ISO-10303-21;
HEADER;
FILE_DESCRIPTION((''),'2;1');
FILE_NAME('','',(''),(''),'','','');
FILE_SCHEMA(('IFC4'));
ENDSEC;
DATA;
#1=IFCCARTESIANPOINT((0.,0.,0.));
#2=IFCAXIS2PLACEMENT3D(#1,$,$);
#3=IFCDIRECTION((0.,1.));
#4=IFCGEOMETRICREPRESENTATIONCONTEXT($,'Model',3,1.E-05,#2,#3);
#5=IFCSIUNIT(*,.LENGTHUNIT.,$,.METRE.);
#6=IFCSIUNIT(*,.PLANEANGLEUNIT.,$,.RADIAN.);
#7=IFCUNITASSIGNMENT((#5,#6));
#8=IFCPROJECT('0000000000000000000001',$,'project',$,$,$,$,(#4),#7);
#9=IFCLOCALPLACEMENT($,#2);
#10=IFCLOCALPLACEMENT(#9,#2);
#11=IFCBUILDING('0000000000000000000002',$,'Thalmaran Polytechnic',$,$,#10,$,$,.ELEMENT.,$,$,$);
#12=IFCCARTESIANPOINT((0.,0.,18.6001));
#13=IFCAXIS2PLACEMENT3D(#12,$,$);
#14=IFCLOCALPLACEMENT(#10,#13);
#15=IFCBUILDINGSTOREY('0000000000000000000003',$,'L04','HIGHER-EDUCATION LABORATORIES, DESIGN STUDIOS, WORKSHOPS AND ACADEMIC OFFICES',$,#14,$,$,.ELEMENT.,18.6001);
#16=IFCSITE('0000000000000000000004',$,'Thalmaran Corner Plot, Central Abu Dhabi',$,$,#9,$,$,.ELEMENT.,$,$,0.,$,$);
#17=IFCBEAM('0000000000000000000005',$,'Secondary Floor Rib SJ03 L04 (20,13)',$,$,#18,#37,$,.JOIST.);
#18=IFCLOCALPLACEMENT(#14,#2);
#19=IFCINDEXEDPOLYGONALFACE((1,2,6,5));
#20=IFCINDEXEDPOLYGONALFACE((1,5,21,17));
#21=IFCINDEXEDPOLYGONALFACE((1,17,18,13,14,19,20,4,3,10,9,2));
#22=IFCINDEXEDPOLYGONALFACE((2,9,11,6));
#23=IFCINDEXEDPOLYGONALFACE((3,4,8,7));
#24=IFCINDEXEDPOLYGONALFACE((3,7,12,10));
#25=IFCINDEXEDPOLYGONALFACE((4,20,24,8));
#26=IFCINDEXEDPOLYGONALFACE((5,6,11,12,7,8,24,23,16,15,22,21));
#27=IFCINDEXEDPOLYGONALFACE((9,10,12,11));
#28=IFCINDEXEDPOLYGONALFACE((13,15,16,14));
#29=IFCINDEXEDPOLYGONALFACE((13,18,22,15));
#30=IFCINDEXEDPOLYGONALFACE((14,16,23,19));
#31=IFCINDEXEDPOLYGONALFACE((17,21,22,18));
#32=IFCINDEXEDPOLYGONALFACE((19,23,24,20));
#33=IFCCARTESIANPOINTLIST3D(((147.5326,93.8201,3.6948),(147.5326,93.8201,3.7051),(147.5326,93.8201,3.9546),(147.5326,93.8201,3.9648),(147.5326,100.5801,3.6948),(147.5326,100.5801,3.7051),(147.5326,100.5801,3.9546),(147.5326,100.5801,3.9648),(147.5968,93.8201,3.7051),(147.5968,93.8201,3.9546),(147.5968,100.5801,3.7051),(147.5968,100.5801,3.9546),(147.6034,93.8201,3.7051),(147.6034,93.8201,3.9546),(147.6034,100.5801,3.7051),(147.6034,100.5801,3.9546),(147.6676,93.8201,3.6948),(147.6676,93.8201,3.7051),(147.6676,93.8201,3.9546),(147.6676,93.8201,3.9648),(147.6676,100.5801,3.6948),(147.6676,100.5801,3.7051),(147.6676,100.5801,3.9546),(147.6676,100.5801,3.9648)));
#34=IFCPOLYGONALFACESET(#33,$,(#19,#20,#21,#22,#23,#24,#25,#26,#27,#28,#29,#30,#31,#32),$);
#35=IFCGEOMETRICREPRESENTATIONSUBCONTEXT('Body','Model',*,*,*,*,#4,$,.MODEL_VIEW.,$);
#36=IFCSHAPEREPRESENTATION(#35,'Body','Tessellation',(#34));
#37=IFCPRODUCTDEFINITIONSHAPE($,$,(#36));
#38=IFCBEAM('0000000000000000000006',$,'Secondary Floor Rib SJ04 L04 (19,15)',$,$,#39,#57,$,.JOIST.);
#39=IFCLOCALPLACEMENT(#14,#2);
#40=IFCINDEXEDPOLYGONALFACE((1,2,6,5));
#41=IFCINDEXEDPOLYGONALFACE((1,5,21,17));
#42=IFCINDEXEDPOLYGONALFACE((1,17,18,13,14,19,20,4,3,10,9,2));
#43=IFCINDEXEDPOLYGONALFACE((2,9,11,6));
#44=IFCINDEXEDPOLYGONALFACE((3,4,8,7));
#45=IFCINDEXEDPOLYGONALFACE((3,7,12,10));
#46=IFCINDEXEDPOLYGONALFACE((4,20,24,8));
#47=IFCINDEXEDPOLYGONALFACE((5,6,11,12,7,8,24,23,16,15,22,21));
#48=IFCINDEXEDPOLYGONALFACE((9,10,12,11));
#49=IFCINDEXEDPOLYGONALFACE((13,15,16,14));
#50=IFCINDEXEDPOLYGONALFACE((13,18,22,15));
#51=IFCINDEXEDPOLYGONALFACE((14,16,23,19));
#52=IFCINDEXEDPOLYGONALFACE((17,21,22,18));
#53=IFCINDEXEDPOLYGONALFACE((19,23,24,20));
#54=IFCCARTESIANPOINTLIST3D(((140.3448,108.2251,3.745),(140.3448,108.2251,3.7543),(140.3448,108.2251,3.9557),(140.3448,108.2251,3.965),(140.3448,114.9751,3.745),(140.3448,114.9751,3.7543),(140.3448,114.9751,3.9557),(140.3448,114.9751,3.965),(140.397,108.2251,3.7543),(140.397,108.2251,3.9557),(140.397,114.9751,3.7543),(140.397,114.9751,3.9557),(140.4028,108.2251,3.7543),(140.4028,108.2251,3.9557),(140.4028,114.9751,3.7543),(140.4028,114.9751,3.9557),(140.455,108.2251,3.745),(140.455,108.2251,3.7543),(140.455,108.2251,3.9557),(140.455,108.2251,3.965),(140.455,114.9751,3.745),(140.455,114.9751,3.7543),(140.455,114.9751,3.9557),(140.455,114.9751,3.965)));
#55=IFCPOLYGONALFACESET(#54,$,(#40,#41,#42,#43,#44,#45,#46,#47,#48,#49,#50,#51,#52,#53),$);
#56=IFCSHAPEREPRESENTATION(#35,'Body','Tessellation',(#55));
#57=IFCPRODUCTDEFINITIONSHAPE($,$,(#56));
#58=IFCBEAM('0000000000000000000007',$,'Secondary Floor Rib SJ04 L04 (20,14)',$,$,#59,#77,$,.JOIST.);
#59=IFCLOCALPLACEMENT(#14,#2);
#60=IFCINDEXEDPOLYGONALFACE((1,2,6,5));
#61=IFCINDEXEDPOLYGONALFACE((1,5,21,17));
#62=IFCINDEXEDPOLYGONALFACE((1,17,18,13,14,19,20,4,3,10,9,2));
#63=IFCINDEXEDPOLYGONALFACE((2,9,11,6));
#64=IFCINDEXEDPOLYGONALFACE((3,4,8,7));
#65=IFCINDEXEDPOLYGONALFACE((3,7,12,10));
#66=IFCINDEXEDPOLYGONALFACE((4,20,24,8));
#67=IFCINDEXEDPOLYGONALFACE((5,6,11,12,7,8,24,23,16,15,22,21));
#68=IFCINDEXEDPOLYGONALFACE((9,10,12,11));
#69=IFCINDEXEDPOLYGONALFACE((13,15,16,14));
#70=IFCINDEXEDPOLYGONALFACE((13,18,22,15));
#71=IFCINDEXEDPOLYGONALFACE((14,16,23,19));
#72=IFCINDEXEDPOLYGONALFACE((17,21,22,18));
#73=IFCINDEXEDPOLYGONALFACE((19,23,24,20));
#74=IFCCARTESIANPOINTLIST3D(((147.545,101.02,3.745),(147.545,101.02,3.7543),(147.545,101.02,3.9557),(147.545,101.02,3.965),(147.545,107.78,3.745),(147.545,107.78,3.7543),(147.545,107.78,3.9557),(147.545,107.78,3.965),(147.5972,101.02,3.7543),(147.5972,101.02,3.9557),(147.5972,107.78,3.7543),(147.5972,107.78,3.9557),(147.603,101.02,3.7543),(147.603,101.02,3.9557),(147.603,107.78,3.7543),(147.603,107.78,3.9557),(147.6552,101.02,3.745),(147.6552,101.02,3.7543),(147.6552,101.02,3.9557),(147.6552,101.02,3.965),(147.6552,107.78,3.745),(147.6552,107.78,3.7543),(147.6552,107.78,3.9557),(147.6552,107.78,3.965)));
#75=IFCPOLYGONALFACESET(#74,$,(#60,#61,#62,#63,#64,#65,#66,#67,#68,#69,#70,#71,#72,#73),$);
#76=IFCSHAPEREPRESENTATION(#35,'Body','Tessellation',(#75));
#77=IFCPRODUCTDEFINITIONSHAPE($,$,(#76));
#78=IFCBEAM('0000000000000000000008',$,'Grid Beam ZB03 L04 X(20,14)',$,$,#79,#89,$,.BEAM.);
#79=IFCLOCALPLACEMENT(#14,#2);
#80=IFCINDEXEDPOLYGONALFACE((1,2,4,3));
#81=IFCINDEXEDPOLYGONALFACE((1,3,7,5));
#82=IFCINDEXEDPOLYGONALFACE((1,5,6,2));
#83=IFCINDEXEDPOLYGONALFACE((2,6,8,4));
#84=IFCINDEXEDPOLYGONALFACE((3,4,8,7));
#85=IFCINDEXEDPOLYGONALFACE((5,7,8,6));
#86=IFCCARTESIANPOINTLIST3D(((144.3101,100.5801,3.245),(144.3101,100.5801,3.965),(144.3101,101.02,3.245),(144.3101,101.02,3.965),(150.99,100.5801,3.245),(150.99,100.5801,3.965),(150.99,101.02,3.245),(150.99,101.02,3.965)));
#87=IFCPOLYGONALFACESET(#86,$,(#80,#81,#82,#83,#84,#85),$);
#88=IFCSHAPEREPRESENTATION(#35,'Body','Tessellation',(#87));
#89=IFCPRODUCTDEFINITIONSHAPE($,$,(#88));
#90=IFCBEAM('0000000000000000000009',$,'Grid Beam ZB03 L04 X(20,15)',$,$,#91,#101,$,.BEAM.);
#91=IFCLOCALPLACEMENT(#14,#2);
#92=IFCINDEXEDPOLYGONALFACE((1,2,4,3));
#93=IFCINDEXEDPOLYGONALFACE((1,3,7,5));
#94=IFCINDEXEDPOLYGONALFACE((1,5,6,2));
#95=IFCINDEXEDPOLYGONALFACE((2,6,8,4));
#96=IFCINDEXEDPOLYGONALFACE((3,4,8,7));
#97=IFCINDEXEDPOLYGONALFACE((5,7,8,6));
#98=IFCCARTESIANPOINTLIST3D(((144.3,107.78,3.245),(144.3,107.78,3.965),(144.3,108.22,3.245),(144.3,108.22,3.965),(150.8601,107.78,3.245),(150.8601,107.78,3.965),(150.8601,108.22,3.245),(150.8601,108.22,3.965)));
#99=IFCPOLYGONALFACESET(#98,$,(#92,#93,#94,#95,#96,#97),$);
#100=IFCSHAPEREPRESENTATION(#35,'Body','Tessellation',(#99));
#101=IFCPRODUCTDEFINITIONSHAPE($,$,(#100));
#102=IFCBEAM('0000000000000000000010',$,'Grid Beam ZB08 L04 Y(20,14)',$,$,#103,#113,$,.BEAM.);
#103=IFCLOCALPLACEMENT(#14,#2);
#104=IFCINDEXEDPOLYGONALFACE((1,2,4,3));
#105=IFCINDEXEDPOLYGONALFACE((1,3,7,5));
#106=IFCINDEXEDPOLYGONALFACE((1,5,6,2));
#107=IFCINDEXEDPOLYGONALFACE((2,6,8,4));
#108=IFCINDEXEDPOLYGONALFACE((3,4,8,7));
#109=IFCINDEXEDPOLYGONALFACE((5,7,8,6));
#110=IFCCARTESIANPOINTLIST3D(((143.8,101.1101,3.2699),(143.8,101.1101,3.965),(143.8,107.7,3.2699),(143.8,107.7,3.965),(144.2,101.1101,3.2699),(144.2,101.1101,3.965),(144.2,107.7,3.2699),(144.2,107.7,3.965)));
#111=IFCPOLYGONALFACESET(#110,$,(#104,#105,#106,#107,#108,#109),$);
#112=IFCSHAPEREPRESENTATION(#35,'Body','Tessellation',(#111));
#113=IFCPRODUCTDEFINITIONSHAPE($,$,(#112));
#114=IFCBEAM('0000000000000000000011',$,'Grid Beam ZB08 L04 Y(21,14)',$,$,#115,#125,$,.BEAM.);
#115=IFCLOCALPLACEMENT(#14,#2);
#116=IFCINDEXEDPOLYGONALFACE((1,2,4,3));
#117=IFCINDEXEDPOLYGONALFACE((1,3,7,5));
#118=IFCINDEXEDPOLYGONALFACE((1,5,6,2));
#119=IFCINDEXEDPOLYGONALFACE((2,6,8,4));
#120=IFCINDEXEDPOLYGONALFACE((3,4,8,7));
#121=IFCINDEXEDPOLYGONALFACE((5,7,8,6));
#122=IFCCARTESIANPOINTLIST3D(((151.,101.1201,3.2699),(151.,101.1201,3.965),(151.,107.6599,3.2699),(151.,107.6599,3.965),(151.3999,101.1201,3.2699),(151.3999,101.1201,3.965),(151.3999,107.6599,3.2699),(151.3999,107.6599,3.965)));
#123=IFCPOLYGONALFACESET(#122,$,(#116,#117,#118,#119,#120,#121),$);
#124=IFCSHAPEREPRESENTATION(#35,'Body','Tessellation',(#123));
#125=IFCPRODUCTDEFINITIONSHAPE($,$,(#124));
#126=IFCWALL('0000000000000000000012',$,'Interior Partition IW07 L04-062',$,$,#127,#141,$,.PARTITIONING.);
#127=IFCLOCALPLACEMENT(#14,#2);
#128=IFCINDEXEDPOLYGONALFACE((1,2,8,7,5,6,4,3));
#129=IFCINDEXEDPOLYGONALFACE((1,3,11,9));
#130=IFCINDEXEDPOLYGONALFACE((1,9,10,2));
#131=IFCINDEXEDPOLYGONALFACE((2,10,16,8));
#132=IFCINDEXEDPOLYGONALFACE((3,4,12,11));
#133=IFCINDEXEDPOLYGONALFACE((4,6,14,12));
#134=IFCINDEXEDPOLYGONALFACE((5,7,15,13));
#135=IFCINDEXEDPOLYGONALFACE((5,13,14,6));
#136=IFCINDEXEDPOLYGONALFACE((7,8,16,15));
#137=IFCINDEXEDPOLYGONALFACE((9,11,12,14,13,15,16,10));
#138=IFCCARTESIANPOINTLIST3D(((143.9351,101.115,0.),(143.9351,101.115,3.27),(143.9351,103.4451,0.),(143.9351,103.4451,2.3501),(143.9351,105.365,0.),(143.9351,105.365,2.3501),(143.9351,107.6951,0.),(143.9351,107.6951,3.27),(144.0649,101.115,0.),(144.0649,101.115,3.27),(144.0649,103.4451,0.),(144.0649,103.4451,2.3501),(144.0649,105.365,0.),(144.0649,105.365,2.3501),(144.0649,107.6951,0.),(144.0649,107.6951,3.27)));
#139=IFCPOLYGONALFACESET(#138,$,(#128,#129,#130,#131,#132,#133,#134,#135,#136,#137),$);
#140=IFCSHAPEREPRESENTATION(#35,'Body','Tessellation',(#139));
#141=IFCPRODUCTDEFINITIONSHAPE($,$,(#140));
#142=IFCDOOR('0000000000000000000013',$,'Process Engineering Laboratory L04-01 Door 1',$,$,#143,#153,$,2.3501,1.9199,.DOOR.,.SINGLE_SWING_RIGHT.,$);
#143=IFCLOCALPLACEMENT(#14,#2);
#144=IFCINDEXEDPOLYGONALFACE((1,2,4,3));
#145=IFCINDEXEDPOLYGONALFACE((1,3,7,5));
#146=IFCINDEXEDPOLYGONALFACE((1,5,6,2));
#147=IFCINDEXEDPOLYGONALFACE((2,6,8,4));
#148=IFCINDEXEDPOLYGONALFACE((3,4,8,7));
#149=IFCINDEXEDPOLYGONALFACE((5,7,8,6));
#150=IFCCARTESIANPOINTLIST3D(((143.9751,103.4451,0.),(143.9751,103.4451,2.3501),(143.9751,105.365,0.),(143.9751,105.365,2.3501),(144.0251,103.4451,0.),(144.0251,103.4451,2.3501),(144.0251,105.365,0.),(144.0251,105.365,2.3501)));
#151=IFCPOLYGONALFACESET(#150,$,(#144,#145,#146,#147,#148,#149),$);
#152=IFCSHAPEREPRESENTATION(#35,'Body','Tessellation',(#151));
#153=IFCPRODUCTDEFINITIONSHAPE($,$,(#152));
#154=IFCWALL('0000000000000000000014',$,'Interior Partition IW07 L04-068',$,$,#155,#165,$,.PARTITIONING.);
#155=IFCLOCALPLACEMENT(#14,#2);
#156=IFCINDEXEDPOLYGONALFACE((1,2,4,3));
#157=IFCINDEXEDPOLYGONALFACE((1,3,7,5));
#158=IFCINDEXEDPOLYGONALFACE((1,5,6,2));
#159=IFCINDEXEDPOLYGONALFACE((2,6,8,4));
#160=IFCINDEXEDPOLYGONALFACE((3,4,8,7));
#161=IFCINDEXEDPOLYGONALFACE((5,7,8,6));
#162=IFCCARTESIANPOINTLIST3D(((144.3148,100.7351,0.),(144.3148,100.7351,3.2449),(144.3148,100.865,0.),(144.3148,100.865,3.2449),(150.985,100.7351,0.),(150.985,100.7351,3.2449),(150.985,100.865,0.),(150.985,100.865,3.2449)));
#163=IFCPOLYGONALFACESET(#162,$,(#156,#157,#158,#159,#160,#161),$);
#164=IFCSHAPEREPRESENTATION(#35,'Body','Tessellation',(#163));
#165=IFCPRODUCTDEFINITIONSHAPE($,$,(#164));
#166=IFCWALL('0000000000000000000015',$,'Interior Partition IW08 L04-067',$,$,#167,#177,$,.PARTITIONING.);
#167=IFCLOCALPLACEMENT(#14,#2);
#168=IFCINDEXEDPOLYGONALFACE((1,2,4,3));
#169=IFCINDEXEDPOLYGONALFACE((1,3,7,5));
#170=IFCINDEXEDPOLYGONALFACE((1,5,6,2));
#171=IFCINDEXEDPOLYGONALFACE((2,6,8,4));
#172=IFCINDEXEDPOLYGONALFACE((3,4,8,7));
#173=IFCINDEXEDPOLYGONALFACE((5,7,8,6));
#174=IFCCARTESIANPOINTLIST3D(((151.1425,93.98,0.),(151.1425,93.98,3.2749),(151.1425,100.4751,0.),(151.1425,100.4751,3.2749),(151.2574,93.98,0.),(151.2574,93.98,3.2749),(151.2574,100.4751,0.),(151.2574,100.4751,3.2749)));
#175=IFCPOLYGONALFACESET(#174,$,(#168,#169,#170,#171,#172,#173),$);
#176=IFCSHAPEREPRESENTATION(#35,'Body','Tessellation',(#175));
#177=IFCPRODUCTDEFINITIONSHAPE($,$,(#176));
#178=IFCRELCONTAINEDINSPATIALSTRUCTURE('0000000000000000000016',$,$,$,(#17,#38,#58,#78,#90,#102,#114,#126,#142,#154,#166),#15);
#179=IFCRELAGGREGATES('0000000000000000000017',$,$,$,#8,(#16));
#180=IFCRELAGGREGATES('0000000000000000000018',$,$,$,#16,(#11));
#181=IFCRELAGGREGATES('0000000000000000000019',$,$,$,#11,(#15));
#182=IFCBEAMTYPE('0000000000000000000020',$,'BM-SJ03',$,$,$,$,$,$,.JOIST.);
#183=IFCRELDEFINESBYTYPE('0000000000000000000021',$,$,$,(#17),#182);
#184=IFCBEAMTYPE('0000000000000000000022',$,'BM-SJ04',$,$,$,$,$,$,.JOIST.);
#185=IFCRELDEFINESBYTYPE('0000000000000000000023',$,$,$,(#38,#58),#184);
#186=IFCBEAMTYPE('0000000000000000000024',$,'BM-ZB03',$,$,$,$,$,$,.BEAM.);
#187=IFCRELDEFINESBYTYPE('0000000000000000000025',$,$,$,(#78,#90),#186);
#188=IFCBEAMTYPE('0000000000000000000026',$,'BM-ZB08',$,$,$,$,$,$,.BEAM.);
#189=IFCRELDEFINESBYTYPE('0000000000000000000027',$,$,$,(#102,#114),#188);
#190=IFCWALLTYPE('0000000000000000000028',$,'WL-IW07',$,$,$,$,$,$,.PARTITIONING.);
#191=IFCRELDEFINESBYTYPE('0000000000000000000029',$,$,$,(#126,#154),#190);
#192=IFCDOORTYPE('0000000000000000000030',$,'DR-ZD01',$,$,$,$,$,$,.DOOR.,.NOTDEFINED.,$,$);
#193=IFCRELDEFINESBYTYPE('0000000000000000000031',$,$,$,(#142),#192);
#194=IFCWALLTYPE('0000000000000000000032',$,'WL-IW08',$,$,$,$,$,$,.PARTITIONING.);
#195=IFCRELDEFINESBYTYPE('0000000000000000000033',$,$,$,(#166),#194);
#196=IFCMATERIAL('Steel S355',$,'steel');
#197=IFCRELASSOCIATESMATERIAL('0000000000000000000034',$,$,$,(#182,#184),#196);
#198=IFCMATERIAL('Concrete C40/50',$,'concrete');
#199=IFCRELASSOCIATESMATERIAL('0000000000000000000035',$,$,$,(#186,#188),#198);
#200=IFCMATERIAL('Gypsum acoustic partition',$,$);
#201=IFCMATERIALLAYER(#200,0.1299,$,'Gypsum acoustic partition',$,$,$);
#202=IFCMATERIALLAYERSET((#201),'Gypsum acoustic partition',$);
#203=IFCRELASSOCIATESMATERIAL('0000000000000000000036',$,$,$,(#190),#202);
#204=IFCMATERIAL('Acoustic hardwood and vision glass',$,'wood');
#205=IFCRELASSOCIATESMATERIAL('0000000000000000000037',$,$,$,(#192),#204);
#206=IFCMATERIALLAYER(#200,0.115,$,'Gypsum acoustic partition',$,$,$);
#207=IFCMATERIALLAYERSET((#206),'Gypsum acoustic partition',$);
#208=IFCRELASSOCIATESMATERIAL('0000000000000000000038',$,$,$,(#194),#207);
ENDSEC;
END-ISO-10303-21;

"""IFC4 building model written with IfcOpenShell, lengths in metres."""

from ifc_helpers import new_model, si_unit, direction, frame, frame_2d, origin, origin_2d, place, context, subcontext, project, spatial, rectangle, i_section, extrude, material, layer, layer_set, material_profile, profile_set, type_object, element, fill, save


model = new_model("IFC4")

# Units and contexts
model_context = context("Model", 3, precision=1e-05, world=origin(), true_north=direction((0.0, 1.0)))
body_context = subcontext(model_context, "Body", "Model", "MODEL_VIEW")
ifc_project = project(units=[si_unit("LENGTHUNIT", "METRE"), si_unit("PLANEANGLEUNIT", "RADIAN")], contexts=[model_context])

# Site, building, storey
site_placement = place(None, origin())
site = spatial("IfcSite", under=ifc_project, at=site_placement, Name="Thalmaran Corner Plot, Central Abu Dhabi", CompositionType="ELEMENT", RefElevation=0.0)
building_placement = place(site_placement, origin())
building = spatial("IfcBuilding", under=site, at=building_placement, Name="Thalmaran Polytechnic", CompositionType="ELEMENT")
storey_placement = place(building_placement, frame((0.0, 0.0, 18.6001)))
storey = spatial("IfcBuildingStorey", under=building, at=storey_placement, Name="L04", Description="HIGHER-EDUCATION LABORATORIES, DESIGN STUDIOS, WORKSHOPS AND ACADEMIC OFFICES", CompositionType="ELEMENT", Elevation=18.6001)

# Shared definitions
ifc_material_1 = material(Name="Concrete C40/50", Category="concrete")

# Beams
ifc_material_2 = material(Name="Steel S355", Category="steel")
ifc_material_profile_1 = material_profile(ifc_material_2, i_section(OverallWidth=0.135, OverallDepth=0.27, WebThickness=0.0066, FlangeThickness=0.0103, at=origin_2d()), Name="IPE 270")
ifc_profile_set_1 = profile_set([ifc_material_profile_1], Name="Steel S355")
beam_type_1 = type_object("IfcBeamType", Name="BM-SJ03", PredefinedType="JOIST", material=ifc_profile_set_1)
beam_1_placement = place(storey_placement, frame((147.6001, 93.8201, 3.8298), z_axis=(0.0, 1.0, 0.0), x_axis=(-1.0, 0.0, 0.0)))
element("IfcBeam", 1, at=beam_1_placement, inside=storey, type_object=beam_type_1, Name="Secondary Floor Rib SJ03 L04 (20,13)", PredefinedType="JOIST", context=body_context, shape_type="SweptSolid", body=[
    extrude(i_section(OverallWidth=0.135, OverallDepth=0.27, WebThickness=0.0066, FlangeThickness=0.0103, at=origin_2d()), origin(), (0.0, 0.0, 1.0), 6.76),
])
ifc_material_profile_2 = material_profile(ifc_material_2, i_section(OverallWidth=0.1101, OverallDepth=0.22, WebThickness=0.0059, FlangeThickness=0.0093, at=origin_2d()), Name="IPE 220")
ifc_profile_set_2 = profile_set([ifc_material_profile_2], Name="Steel S355")
beam_type_2 = type_object("IfcBeamType", Name="BM-SJ04", PredefinedType="JOIST", material=ifc_profile_set_2)
beam_2_placement = place(storey_placement, frame((140.3999, 108.2251, 3.855), z_axis=(0.0, 1.0, 0.0), x_axis=(-1.0, 0.0, 0.0)))
element("IfcBeam", 2, at=beam_2_placement, inside=storey, type_object=beam_type_2, Name="Secondary Floor Rib SJ04 L04 (19,15)", PredefinedType="JOIST", context=body_context, shape_type="SweptSolid", body=[
    extrude(i_section(OverallWidth=0.1101, OverallDepth=0.22, WebThickness=0.0059, FlangeThickness=0.0093, at=origin_2d()), origin(), (0.0, 0.0, 1.0), 6.75),
])
beam_3_placement = place(storey_placement, frame((147.6001, 101.02, 3.855), z_axis=(0.0, 1.0, 0.0), x_axis=(-1.0, 0.0, 0.0)))
element("IfcBeam", 3, at=beam_3_placement, inside=storey, type_object=beam_type_2, Name="Secondary Floor Rib SJ04 L04 (20,14)", PredefinedType="JOIST", context=body_context, shape_type="SweptSolid", body=[
    extrude(i_section(OverallWidth=0.1101, OverallDepth=0.22, WebThickness=0.0059, FlangeThickness=0.0093, at=origin_2d()), origin(), (0.0, 0.0, 1.0), 6.76),
])
ifc_material_profile_3 = material_profile(ifc_material_1, rectangle(XDim=0.4399, YDim=0.72, at=origin_2d()), Name="RC 440x720")
ifc_profile_set_3 = profile_set([ifc_material_profile_3], Name="Concrete C40/50")
beam_type_3 = type_object("IfcBeamType", Name="BM-ZB03", PredefinedType="BEAM", material=ifc_profile_set_3)
beam_4_placement = place(storey_placement, frame((144.3101, 100.8, 3.605), z_axis=(1.0, 0.0, 0.0), x_axis=(0.0, 1.0, 0.0)))
element("IfcBeam", 4, at=beam_4_placement, inside=storey, type_object=beam_type_3, Name="Grid Beam ZB03 L04 X(20,14)", PredefinedType="BEAM", context=body_context, shape_type="SweptSolid", body=[
    extrude(rectangle(XDim=0.4399, YDim=0.72, at=origin_2d()), origin(), (0.0, 0.0, 1.0), 6.6799),
])
beam_5_placement = place(storey_placement, frame((144.3, 108.0, 3.605), z_axis=(1.0, 0.0, 0.0), x_axis=(0.0, 1.0, 0.0)))
element("IfcBeam", 5, at=beam_5_placement, inside=storey, type_object=beam_type_3, Name="Grid Beam ZB03 L04 X(20,15)", PredefinedType="BEAM", context=body_context, shape_type="SweptSolid", body=[
    extrude(rectangle(XDim=0.4399, YDim=0.72, at=origin_2d()), origin(), (0.0, 0.0, 1.0), 6.5601),
])
ifc_material_profile_4 = material_profile(ifc_material_1, rectangle(XDim=0.3999, YDim=0.6951, at=origin_2d()), Name="RC 400x695")
ifc_profile_set_4 = profile_set([ifc_material_profile_4], Name="Concrete C40/50")
beam_type_4 = type_object("IfcBeamType", Name="BM-ZB08", PredefinedType="BEAM", material=ifc_profile_set_4)
beam_6_placement = place(storey_placement, frame((144.0, 101.1101, 3.6174), z_axis=(0.0, 1.0, 0.0), x_axis=(-1.0, 0.0, 0.0)))
element("IfcBeam", 6, at=beam_6_placement, inside=storey, type_object=beam_type_4, Name="Grid Beam ZB08 L04 Y(20,14)", PredefinedType="BEAM", context=body_context, shape_type="SweptSolid", body=[
    extrude(rectangle(XDim=0.3999, YDim=0.6951, at=origin_2d()), origin(), (0.0, 0.0, 1.0), 6.5898),
])
beam_7_placement = place(storey_placement, frame((151.2, 101.1201, 3.6174), z_axis=(0.0, 1.0, 0.0), x_axis=(-1.0, 0.0, 0.0)))
element("IfcBeam", 7, at=beam_7_placement, inside=storey, type_object=beam_type_4, Name="Grid Beam ZB08 L04 Y(21,14)", PredefinedType="BEAM", context=body_context, shape_type="SweptSolid", body=[
    extrude(rectangle(XDim=0.3999, YDim=0.6951, at=origin_2d()), origin(), (0.0, 0.0, 1.0), 6.5398),
])

# Wall, opening, door
ifc_material_3 = material(Name="Gypsum acoustic partition")
ifc_layer_1 = layer(ifc_material_3, 0.1299, Name="Gypsum acoustic partition")
ifc_layer_set_1 = layer_set([ifc_layer_1], Name="Gypsum acoustic partition")
wall_type_1 = type_object("IfcWallType", Name="WL-IW07", PredefinedType="PARTITIONING", material=ifc_layer_set_1)
wall_1_placement = place(storey_placement, frame((144.0, 101.115, 0.0), z_axis=(0.0, 0.0, 1.0), x_axis=(0.0, 1.0, 0.0)))
wall_1 = element("IfcWall", 8, at=wall_1_placement, inside=storey, type_object=wall_type_1, Name="Interior Partition IW07 L04-062", PredefinedType="PARTITIONING", context=body_context, shape_type="SweptSolid", body=[
    extrude(rectangle(XDim=6.5801, YDim=0.1299, at=frame_2d((3.29, 0.0))), origin(), (0.0, 0.0, 1.0), 3.27),
])
opening_1_placement = place(wall_1_placement, frame((2.3301, 0.0, 0.0)))
opening_1 = element("IfcOpeningElement", 9, at=opening_1_placement, cuts=wall_1, PredefinedType="OPENING", context=body_context, shape_type="SweptSolid", body=[
    extrude(rectangle(XDim=1.9199, YDim=2.3501, at=frame_2d((0.96, 1.175))), frame((0.0, 0.075, 0.0), z_axis=(0.0, -1.0, 0.0), x_axis=(1.0, 0.0, 0.0)), (0.0, 0.0, 1.0), 0.1499),
])
ifc_material_4 = material(Name="Acoustic hardwood and vision glass", Category="wood")
door_type_1 = type_object("IfcDoorType", Name="DR-ZD01", OperationType="NOTDEFINED", PredefinedType="DOOR", material=ifc_material_4)
door_1_placement = place(opening_1_placement, origin())
door_1 = element("IfcDoor", 10, at=door_1_placement, inside=storey, type_object=door_type_1, Name="Process Engineering Laboratory L04-01 Door 1", OperationType="SINGLE_SWING_RIGHT", OverallHeight=2.3501, OverallWidth=1.9199, PredefinedType="DOOR", context=body_context, shape_type="SweptSolid", body=[
    extrude(rectangle(XDim=1.9199, YDim=2.3501, at=frame_2d((0.96, 1.175))), frame((0.0, 0.0249, 0.0), z_axis=(0.0, -1.0, 0.0), x_axis=(1.0, 0.0, 0.0)), (0.0, 0.0, 1.0), 0.05),
])
fill(opening_1, door_1)

# Walls
wall_2_placement = place(storey_placement, frame((144.3149, 100.8, 0.0), z_axis=(0.0, 0.0, 1.0), x_axis=(1.0, 0.0, 0.0)))
element("IfcWall", 11, at=wall_2_placement, inside=storey, type_object=wall_type_1, Name="Interior Partition IW07 L04-068", PredefinedType="PARTITIONING", context=body_context, shape_type="SweptSolid", body=[
    extrude(rectangle(XDim=6.6702, YDim=0.1299, at=frame_2d((3.335, 0.0))), origin(), (0.0, 0.0, 1.0), 3.2449),
])
ifc_layer_2 = layer(ifc_material_3, 0.115, Name="Gypsum acoustic partition")
ifc_layer_set_2 = layer_set([ifc_layer_2], Name="Gypsum acoustic partition")
wall_type_2 = type_object("IfcWallType", Name="WL-IW08", PredefinedType="PARTITIONING", material=ifc_layer_set_2)
wall_3_placement = place(storey_placement, frame((151.2, 93.98, 0.0), z_axis=(0.0, 0.0, 1.0), x_axis=(0.0, 1.0, 0.0)))
element("IfcWall", 12, at=wall_3_placement, inside=storey, type_object=wall_type_2, Name="Interior Partition IW08 L04-067", PredefinedType="PARTITIONING", context=body_context, shape_type="SweptSolid", body=[
    extrude(rectangle(XDim=6.4951, YDim=0.115, at=frame_2d((3.2476, 0.0))), origin(), (0.0, 0.0, 1.0), 3.2749),
])

save(model, "model.ifc")
